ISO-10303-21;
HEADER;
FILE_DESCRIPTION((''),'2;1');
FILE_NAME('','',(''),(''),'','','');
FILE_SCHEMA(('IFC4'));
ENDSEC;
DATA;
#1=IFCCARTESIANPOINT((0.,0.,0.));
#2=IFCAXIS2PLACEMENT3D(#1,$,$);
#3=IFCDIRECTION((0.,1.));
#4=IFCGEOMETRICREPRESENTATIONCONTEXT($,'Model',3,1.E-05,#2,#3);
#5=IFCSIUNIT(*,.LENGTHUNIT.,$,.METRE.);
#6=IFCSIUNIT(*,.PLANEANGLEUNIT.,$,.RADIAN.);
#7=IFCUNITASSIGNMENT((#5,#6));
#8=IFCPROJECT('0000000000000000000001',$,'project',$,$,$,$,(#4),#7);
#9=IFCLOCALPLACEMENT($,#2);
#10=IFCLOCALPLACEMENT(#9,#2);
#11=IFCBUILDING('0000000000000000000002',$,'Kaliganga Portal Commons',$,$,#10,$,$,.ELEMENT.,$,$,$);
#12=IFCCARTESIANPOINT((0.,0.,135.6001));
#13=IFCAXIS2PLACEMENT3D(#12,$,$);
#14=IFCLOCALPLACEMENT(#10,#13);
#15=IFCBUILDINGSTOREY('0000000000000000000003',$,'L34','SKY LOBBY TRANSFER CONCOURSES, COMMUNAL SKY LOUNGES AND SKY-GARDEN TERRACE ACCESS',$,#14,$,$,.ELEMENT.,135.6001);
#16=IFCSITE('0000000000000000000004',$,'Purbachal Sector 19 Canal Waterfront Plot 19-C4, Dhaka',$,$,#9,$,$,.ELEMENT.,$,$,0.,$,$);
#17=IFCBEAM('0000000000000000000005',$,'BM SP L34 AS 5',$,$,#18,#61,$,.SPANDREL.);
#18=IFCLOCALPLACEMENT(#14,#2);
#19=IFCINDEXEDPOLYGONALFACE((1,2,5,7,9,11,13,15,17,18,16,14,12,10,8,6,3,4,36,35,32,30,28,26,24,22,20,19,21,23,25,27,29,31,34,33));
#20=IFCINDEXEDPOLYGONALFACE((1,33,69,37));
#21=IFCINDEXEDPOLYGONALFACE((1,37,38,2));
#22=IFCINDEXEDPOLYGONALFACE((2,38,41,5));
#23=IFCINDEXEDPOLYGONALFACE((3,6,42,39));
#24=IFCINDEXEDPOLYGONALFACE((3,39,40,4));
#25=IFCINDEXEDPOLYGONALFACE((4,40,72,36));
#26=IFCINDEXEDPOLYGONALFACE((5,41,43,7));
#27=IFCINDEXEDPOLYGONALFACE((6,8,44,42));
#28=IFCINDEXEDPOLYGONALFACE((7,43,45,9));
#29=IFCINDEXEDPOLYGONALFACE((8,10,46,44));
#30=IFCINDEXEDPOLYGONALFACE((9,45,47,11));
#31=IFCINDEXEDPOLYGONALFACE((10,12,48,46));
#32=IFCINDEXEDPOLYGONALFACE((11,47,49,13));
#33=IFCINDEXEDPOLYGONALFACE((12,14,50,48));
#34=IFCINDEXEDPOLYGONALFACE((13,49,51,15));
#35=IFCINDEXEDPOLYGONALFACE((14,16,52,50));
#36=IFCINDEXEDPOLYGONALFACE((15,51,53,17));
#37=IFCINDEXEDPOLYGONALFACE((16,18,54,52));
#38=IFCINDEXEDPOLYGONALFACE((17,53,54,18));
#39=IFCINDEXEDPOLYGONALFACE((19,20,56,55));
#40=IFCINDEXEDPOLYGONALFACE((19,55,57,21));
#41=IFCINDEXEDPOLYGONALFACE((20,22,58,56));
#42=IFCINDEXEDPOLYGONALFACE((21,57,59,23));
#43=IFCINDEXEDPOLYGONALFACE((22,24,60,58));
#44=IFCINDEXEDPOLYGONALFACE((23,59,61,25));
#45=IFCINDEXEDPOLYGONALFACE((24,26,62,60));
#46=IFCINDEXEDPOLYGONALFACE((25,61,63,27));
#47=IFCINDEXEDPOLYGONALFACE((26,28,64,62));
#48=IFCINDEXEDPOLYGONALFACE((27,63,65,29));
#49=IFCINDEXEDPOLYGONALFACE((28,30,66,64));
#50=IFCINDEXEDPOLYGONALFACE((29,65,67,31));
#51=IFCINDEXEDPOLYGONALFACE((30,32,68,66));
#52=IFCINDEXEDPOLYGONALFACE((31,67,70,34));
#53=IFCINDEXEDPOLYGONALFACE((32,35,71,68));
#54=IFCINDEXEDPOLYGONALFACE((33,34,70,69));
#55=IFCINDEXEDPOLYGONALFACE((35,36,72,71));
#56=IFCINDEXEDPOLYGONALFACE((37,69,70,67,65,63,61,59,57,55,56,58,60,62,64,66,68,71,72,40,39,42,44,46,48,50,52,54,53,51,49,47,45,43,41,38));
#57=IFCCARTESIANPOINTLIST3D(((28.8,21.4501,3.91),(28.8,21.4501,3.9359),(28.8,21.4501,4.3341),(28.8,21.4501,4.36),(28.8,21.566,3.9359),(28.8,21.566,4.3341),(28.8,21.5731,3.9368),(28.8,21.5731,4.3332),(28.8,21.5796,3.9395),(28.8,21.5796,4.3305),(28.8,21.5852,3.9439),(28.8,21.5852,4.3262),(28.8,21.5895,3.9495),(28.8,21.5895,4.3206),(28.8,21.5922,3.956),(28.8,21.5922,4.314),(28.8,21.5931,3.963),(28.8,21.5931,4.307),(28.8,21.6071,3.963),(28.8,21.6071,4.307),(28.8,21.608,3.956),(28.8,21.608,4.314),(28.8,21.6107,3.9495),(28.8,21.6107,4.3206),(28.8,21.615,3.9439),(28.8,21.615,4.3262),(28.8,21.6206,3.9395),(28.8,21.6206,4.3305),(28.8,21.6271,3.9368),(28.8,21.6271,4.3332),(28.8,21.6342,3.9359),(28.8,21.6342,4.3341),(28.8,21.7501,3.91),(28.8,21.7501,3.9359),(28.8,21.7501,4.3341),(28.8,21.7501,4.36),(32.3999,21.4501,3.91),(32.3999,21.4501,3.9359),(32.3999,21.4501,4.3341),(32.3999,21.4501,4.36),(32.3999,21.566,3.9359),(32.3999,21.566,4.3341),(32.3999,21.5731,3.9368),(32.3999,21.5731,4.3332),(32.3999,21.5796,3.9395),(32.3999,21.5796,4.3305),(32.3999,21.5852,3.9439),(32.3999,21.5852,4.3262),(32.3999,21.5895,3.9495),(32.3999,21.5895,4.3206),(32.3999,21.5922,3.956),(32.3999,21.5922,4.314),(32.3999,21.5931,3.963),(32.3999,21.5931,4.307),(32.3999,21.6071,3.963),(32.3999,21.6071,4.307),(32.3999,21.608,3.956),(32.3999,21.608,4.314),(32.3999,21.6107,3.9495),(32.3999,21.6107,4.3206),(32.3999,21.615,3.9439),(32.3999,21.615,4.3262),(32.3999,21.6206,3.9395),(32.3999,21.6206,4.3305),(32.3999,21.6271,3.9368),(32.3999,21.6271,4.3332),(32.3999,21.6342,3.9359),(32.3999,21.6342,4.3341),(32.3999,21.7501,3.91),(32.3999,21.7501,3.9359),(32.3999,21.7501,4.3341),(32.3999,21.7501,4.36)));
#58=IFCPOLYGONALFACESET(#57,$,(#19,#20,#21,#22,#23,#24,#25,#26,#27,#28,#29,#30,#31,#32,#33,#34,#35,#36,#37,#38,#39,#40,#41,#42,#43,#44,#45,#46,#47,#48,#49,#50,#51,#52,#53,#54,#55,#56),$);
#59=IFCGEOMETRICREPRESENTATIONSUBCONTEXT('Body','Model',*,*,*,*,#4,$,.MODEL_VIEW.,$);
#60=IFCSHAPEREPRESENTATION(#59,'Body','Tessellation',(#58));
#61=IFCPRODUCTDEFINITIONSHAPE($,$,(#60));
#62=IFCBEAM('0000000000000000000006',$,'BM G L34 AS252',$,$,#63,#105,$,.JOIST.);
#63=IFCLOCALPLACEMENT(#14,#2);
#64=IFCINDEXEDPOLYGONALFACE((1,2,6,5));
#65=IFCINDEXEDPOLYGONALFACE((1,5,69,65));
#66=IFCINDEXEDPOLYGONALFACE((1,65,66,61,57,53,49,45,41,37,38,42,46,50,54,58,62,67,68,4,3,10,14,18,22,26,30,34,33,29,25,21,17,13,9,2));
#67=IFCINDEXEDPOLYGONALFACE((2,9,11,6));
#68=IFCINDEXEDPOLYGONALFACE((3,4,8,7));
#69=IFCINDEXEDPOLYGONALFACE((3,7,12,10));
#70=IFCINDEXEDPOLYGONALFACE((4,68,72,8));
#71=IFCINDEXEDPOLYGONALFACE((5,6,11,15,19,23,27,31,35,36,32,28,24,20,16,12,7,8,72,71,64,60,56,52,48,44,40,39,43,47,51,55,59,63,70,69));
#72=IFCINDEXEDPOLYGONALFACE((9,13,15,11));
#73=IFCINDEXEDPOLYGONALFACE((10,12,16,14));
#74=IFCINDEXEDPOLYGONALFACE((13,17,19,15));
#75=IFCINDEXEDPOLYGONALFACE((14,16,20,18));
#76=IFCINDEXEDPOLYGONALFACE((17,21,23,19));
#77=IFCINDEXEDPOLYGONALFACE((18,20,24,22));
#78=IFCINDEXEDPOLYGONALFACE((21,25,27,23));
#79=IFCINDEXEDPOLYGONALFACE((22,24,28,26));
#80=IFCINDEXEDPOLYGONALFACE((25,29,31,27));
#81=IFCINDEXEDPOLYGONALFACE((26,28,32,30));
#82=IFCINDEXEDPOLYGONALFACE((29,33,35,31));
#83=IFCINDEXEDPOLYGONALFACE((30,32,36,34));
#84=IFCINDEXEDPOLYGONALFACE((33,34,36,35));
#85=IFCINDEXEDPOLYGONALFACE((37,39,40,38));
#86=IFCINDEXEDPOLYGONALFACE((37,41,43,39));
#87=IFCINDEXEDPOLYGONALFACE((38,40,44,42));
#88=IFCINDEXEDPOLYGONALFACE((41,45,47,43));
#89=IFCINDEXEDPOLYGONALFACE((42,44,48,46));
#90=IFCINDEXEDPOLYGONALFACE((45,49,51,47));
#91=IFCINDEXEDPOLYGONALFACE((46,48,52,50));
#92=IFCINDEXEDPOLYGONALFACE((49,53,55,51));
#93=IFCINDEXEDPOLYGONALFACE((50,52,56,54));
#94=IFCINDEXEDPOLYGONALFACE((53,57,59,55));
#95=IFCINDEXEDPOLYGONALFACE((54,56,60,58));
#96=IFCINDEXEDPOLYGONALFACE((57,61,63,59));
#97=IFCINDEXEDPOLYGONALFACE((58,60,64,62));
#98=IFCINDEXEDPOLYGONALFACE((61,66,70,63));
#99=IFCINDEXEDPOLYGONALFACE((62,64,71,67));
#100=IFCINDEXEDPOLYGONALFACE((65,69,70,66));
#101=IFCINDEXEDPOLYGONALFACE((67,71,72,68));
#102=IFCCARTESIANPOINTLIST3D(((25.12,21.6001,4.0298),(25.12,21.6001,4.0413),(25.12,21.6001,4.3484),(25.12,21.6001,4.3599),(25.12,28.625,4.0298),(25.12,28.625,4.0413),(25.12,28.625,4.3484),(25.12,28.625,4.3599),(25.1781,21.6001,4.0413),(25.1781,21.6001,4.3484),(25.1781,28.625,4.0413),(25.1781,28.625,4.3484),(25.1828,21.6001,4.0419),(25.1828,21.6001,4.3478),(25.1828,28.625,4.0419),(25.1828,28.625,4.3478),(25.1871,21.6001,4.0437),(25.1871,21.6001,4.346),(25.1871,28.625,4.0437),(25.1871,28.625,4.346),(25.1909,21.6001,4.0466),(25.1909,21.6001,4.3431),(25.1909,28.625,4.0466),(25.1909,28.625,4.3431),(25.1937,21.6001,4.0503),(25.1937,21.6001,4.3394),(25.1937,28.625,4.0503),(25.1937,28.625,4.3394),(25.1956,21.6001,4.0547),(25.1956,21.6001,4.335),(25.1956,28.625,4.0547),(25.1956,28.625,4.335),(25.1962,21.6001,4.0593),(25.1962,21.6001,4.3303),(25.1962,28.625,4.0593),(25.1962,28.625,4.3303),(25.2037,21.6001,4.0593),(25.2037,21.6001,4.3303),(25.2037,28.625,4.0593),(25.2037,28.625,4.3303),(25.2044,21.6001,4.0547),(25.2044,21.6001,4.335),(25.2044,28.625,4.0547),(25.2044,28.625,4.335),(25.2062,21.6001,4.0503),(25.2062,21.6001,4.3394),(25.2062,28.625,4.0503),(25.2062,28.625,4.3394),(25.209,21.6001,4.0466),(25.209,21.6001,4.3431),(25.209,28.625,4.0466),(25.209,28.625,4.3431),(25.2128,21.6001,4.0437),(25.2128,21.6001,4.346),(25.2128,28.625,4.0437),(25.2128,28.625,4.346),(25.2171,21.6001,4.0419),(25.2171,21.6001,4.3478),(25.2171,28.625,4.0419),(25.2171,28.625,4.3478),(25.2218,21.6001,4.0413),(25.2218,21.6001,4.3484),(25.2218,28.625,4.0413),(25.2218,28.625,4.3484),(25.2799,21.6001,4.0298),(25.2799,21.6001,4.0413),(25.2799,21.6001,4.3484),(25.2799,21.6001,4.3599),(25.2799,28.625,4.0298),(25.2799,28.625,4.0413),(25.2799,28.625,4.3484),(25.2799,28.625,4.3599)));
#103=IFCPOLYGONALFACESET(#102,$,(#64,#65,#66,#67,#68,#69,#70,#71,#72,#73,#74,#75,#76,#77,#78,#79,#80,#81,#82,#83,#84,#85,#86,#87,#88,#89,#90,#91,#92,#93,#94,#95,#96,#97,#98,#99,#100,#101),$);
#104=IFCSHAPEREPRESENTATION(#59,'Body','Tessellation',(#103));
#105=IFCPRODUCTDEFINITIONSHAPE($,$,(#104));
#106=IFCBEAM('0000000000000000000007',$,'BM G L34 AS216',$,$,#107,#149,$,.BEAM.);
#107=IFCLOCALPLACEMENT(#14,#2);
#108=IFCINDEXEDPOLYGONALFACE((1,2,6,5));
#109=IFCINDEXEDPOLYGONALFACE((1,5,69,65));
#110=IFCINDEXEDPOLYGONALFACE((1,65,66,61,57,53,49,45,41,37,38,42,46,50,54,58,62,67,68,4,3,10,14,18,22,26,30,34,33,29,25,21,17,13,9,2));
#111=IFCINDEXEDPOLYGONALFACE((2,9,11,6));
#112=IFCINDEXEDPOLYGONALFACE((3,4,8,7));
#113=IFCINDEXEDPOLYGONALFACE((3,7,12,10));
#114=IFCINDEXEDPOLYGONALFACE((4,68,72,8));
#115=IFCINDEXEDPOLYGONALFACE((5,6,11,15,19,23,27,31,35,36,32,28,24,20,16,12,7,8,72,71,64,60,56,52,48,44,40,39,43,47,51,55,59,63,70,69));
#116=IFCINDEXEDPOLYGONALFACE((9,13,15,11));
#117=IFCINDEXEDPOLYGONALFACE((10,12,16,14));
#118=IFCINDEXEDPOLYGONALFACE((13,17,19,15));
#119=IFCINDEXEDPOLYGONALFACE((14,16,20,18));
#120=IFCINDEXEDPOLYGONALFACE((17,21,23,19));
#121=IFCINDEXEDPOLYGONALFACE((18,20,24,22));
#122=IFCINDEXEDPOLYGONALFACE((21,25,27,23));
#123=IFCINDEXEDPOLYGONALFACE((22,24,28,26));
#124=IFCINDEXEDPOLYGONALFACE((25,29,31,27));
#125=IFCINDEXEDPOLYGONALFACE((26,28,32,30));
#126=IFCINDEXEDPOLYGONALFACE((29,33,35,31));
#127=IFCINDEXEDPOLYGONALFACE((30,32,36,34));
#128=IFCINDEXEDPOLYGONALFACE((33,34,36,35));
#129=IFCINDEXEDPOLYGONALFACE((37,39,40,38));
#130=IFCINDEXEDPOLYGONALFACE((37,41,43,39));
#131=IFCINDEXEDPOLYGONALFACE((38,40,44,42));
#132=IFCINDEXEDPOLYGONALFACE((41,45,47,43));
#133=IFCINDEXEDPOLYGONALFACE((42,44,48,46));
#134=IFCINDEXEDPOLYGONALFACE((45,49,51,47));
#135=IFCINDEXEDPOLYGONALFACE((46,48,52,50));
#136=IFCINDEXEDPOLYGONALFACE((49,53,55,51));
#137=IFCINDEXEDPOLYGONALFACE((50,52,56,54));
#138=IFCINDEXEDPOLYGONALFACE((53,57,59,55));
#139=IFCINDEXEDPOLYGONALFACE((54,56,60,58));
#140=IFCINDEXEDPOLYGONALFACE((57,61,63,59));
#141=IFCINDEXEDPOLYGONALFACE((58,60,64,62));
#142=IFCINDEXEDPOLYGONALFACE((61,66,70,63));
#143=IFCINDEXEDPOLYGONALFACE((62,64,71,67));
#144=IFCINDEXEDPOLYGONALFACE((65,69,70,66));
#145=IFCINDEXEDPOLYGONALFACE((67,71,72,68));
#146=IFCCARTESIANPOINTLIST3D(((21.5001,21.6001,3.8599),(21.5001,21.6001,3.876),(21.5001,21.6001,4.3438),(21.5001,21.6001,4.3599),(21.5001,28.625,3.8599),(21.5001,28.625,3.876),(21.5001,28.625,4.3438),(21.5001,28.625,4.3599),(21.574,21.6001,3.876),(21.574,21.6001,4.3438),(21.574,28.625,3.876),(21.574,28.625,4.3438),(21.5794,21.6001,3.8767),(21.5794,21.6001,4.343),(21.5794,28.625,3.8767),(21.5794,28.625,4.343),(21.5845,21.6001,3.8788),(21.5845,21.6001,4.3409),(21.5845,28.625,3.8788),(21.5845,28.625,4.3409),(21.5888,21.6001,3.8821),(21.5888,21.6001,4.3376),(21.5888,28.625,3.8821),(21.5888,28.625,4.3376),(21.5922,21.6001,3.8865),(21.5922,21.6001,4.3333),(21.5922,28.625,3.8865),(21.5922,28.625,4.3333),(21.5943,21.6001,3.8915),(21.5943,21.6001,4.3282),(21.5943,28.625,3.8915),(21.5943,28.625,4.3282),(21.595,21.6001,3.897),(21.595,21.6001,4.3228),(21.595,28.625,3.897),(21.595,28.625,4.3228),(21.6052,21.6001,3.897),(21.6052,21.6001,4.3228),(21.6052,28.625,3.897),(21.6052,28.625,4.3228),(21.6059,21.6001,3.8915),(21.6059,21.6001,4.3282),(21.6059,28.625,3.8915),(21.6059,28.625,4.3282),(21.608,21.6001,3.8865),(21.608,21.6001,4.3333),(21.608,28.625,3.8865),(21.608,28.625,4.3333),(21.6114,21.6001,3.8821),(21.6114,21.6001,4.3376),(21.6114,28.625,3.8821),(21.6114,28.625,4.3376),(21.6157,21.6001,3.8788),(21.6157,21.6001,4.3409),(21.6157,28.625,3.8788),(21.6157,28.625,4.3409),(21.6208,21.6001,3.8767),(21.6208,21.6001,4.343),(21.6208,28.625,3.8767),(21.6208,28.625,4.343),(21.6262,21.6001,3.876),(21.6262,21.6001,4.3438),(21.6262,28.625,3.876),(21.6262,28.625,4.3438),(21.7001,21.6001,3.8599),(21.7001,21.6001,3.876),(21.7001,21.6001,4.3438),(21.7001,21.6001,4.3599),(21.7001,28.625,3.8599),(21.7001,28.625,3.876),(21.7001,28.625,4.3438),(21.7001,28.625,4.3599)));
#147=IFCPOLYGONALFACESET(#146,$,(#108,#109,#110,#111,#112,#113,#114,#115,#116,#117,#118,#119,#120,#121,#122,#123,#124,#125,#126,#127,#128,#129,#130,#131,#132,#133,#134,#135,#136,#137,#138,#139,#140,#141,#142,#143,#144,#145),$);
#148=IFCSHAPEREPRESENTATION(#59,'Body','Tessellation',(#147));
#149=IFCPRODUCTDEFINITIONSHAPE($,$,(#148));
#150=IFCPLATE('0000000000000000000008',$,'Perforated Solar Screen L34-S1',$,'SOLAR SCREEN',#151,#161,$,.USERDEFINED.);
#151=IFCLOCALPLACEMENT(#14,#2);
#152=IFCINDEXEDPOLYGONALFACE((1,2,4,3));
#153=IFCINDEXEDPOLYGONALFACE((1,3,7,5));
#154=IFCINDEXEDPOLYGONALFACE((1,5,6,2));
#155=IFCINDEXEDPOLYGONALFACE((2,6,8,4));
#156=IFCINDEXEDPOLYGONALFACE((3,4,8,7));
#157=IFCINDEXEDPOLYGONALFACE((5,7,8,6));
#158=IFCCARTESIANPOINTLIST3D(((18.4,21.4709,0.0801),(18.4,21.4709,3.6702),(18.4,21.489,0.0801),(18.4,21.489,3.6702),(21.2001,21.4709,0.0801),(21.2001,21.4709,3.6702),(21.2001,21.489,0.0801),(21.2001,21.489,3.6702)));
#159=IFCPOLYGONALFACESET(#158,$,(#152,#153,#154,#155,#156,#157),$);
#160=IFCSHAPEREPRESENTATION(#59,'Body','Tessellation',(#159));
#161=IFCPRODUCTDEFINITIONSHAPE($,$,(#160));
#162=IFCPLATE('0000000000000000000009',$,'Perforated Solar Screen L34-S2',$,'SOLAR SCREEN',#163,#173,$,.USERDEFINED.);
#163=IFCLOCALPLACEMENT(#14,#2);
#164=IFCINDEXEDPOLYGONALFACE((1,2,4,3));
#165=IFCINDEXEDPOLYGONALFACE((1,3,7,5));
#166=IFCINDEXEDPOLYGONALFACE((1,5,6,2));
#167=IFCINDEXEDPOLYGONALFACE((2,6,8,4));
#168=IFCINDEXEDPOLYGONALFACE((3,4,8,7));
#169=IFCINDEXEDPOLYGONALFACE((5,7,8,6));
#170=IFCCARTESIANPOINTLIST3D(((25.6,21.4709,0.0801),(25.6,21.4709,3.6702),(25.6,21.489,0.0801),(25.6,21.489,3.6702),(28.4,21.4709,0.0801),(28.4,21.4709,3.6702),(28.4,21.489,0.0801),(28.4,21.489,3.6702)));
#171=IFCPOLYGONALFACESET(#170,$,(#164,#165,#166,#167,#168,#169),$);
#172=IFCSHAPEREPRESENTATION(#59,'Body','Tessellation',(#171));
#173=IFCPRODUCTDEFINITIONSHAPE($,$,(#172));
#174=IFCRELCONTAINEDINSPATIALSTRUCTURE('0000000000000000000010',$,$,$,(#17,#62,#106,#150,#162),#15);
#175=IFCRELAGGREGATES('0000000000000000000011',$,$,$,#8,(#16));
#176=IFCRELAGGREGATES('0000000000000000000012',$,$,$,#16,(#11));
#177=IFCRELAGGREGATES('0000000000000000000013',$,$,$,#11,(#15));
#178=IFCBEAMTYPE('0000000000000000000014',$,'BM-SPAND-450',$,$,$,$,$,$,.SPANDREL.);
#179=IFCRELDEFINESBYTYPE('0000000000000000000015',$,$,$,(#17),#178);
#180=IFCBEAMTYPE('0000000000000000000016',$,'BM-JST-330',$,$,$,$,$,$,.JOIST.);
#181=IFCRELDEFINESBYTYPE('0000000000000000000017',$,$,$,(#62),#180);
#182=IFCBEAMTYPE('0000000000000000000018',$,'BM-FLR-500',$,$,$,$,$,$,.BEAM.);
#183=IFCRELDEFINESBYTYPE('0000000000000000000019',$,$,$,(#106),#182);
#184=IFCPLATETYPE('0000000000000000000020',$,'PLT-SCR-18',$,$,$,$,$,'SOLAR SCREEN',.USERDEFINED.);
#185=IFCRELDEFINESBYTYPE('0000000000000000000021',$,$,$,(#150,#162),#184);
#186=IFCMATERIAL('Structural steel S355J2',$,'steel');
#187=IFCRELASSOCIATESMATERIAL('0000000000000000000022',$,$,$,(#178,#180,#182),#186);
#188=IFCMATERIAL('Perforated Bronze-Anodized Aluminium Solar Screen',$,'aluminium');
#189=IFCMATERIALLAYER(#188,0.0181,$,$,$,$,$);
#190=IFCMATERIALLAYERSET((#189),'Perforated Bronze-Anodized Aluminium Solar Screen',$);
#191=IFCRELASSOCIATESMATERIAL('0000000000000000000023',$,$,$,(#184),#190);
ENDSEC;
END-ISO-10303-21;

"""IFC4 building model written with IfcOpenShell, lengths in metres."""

from ifc_helpers import new_model, si_unit, direction, frame, origin, origin_2d, place, context, subcontext, project, spatial, rectangle, i_section, extrude, source, transform, mapped, material, layer, layer_set, material_profile, profile_set, type_object, element, save


model = new_model("IFC4")

# Units and contexts
model_context = context("Model", 3, precision=1e-05, world=origin(), true_north=direction((0.0, 1.0)))
body_context = subcontext(model_context, "Body", "Model", "MODEL_VIEW")
ifc_project = project(units=[si_unit("LENGTHUNIT", "METRE"), si_unit("PLANEANGLEUNIT", "RADIAN")], contexts=[model_context])

# Site, building, storey
site_placement = place(None, origin())
site = spatial("IfcSite", under=ifc_project, at=site_placement, Name="Purbachal Sector 19 Canal Waterfront Plot 19-C4, Dhaka", CompositionType="ELEMENT", RefElevation=0.0)
building_placement = place(site_placement, origin())
building = spatial("IfcBuilding", under=site, at=building_placement, Name="Kaliganga Portal Commons", CompositionType="ELEMENT")
storey_placement = place(building_placement, frame((0.0, 0.0, 135.6001)))
storey = spatial("IfcBuildingStorey", under=building, at=storey_placement, Name="L34", Description="SKY LOBBY TRANSFER CONCOURSES, COMMUNAL SKY LOUNGES AND SKY-GARDEN TERRACE ACCESS", CompositionType="ELEMENT", Elevation=135.6001)

# Beams
ifc_material_1 = material(Name="Structural steel S355J2", Category="steel")
ifc_material_profile_1 = material_profile(ifc_material_1, i_section(OverallWidth=0.3, OverallDepth=0.45, WebThickness=0.0139, FlangeThickness=0.0259, FilletRadius=0.0271, at=origin_2d()), Name="HE 450 B")
ifc_profile_set_1 = profile_set([ifc_material_profile_1], Name="Structural steel S355J2 wide-flange")
beam_type_1 = type_object("IfcBeamType", Name="BM-SPAND-450", PredefinedType="SPANDREL", material=ifc_profile_set_1)
shared_shape_1 = source(origin(), body_context, "Body", "SweptSolid", [
    extrude(i_section(OverallWidth=0.3, OverallDepth=0.45, WebThickness=0.0139, FlangeThickness=0.0259, FilletRadius=0.0271, at=origin_2d()), origin(), (0.0, 0.0, 1.0), 3.5999),
])
for number, where, z_axis, x_axis, name in (
    (1, (28.8, 21.6001, 4.135), (1.0, 0.0, 0.0), (0.0, 1.0, 0.0), "BM SP L34 AS 5"),
):
    element("IfcBeam", number, at=place(storey_placement, frame(where, z_axis=z_axis, x_axis=x_axis)), inside=storey, type_object=beam_type_1, Name=name, PredefinedType="SPANDREL", context=body_context, shape_type="MappedRepresentation", body=[
        mapped(shared_shape_1, transform((0.0, 0.0, 0.0), x_axis=(1.0, 0.0, 0.0), y_axis=(0.0, 1.0, 0.0), z_axis=(0.0, 0.0, 1.0), scale=1.0)),
    ])
ifc_material_profile_2 = material_profile(ifc_material_1, i_section(OverallWidth=0.1599, OverallDepth=0.3301, WebThickness=0.0076, FlangeThickness=0.0115, FilletRadius=0.0181, at=origin_2d()), Name="IPE 330")
ifc_profile_set_2 = profile_set([ifc_material_profile_2], Name="Structural steel S355J2 wide-flange")
beam_type_2 = type_object("IfcBeamType", Name="BM-JST-330", PredefinedType="JOIST", material=ifc_profile_set_2)
shared_shape_2 = source(origin(), body_context, "Body", "SweptSolid", [
    extrude(i_section(OverallWidth=0.1599, OverallDepth=0.3301, WebThickness=0.0076, FlangeThickness=0.0115, FilletRadius=0.0181, at=origin_2d()), origin(), (0.0, 0.0, 1.0), 7.0249),
])
beam_1_placement = place(storey_placement, frame((25.2, 21.6001, 4.1948), z_axis=(0.0, 1.0, 0.0), x_axis=(-1.0, 0.0, 0.0)))
element("IfcBeam", 2, at=beam_1_placement, inside=storey, type_object=beam_type_2, Name="BM G L34 AS252", PredefinedType="JOIST", context=body_context, shape_type="MappedRepresentation", body=[
    mapped(shared_shape_2, transform((0.0, 0.0, 0.0), x_axis=(1.0, 0.0, 0.0), y_axis=(0.0, 1.0, 0.0), z_axis=(0.0, 0.0, 1.0), scale=1.0)),
])
ifc_material_profile_3 = material_profile(ifc_material_1, i_section(OverallWidth=0.2, OverallDepth=0.5, WebThickness=0.0103, FlangeThickness=0.0161, FilletRadius=0.021, at=origin_2d()), Name="IPE 500")
ifc_profile_set_3 = profile_set([ifc_material_profile_3], Name="Structural steel S355J2 wide-flange")
beam_type_3 = type_object("IfcBeamType", Name="BM-FLR-500", PredefinedType="BEAM", material=ifc_profile_set_3)
shared_shape_3 = source(origin(), body_context, "Body", "SweptSolid", [
    extrude(i_section(OverallWidth=0.2, OverallDepth=0.5, WebThickness=0.0103, FlangeThickness=0.0161, FilletRadius=0.021, at=origin_2d()), origin(), (0.0, 0.0, 1.0), 7.0249),
])
beam_2_placement = place(storey_placement, frame((21.6001, 21.6001, 4.1099), z_axis=(0.0, 1.0, 0.0), x_axis=(-1.0, 0.0, 0.0)))
element("IfcBeam", 3, at=beam_2_placement, inside=storey, type_object=beam_type_3, Name="BM G L34 AS216", PredefinedType="BEAM", context=body_context, shape_type="MappedRepresentation", body=[
    mapped(shared_shape_3, transform((0.0, 0.0, 0.0), x_axis=(1.0, 0.0, 0.0), y_axis=(0.0, 1.0, 0.0), z_axis=(0.0, 0.0, 1.0), scale=1.0)),
])

# Plates
ifc_material_2 = material(Name="Perforated Bronze-Anodized Aluminium Solar Screen", Category="aluminium")
ifc_layer_1 = layer(ifc_material_2, 0.0181)
ifc_layer_set_1 = layer_set([ifc_layer_1], Name="Perforated Bronze-Anodized Aluminium Solar Screen")
plate_type = type_object("IfcPlateType", Name="PLT-SCR-18", ElementType="SOLAR SCREEN", PredefinedType="USERDEFINED", material=ifc_layer_set_1)
shared_shape_4 = source(origin(), body_context, "Body", "SweptSolid", [
    extrude(rectangle(XDim=2.8, YDim=0.0181, at=origin_2d()), origin(), (0.0, 0.0, 1.0), 3.5901),
])
for number, where, z_axis, x_axis, name in (
    (4, (19.8, 21.48, 0.0801), (0.0, 0.0, 1.0), (1.0, 0.0, 0.0), "Perforated Solar Screen L34-S1"),
    (5, (27.0, 21.48, 0.0801), (0.0, 0.0, 1.0), (1.0, 0.0, 0.0), "Perforated Solar Screen L34-S2"),
):
    element("IfcPlate", number, at=place(storey_placement, frame(where, z_axis=z_axis, x_axis=x_axis)), inside=storey, type_object=plate_type, Name=name, ObjectType="SOLAR SCREEN", PredefinedType="USERDEFINED", context=body_context, shape_type="MappedRepresentation", body=[
        mapped(shared_shape_4, transform((0.0, 0.0, 0.0), x_axis=(1.0, 0.0, 0.0), y_axis=(0.0, 1.0, 0.0), z_axis=(0.0, 0.0, 1.0), scale=1.0)),
    ])

save(model, "model.ifc")
